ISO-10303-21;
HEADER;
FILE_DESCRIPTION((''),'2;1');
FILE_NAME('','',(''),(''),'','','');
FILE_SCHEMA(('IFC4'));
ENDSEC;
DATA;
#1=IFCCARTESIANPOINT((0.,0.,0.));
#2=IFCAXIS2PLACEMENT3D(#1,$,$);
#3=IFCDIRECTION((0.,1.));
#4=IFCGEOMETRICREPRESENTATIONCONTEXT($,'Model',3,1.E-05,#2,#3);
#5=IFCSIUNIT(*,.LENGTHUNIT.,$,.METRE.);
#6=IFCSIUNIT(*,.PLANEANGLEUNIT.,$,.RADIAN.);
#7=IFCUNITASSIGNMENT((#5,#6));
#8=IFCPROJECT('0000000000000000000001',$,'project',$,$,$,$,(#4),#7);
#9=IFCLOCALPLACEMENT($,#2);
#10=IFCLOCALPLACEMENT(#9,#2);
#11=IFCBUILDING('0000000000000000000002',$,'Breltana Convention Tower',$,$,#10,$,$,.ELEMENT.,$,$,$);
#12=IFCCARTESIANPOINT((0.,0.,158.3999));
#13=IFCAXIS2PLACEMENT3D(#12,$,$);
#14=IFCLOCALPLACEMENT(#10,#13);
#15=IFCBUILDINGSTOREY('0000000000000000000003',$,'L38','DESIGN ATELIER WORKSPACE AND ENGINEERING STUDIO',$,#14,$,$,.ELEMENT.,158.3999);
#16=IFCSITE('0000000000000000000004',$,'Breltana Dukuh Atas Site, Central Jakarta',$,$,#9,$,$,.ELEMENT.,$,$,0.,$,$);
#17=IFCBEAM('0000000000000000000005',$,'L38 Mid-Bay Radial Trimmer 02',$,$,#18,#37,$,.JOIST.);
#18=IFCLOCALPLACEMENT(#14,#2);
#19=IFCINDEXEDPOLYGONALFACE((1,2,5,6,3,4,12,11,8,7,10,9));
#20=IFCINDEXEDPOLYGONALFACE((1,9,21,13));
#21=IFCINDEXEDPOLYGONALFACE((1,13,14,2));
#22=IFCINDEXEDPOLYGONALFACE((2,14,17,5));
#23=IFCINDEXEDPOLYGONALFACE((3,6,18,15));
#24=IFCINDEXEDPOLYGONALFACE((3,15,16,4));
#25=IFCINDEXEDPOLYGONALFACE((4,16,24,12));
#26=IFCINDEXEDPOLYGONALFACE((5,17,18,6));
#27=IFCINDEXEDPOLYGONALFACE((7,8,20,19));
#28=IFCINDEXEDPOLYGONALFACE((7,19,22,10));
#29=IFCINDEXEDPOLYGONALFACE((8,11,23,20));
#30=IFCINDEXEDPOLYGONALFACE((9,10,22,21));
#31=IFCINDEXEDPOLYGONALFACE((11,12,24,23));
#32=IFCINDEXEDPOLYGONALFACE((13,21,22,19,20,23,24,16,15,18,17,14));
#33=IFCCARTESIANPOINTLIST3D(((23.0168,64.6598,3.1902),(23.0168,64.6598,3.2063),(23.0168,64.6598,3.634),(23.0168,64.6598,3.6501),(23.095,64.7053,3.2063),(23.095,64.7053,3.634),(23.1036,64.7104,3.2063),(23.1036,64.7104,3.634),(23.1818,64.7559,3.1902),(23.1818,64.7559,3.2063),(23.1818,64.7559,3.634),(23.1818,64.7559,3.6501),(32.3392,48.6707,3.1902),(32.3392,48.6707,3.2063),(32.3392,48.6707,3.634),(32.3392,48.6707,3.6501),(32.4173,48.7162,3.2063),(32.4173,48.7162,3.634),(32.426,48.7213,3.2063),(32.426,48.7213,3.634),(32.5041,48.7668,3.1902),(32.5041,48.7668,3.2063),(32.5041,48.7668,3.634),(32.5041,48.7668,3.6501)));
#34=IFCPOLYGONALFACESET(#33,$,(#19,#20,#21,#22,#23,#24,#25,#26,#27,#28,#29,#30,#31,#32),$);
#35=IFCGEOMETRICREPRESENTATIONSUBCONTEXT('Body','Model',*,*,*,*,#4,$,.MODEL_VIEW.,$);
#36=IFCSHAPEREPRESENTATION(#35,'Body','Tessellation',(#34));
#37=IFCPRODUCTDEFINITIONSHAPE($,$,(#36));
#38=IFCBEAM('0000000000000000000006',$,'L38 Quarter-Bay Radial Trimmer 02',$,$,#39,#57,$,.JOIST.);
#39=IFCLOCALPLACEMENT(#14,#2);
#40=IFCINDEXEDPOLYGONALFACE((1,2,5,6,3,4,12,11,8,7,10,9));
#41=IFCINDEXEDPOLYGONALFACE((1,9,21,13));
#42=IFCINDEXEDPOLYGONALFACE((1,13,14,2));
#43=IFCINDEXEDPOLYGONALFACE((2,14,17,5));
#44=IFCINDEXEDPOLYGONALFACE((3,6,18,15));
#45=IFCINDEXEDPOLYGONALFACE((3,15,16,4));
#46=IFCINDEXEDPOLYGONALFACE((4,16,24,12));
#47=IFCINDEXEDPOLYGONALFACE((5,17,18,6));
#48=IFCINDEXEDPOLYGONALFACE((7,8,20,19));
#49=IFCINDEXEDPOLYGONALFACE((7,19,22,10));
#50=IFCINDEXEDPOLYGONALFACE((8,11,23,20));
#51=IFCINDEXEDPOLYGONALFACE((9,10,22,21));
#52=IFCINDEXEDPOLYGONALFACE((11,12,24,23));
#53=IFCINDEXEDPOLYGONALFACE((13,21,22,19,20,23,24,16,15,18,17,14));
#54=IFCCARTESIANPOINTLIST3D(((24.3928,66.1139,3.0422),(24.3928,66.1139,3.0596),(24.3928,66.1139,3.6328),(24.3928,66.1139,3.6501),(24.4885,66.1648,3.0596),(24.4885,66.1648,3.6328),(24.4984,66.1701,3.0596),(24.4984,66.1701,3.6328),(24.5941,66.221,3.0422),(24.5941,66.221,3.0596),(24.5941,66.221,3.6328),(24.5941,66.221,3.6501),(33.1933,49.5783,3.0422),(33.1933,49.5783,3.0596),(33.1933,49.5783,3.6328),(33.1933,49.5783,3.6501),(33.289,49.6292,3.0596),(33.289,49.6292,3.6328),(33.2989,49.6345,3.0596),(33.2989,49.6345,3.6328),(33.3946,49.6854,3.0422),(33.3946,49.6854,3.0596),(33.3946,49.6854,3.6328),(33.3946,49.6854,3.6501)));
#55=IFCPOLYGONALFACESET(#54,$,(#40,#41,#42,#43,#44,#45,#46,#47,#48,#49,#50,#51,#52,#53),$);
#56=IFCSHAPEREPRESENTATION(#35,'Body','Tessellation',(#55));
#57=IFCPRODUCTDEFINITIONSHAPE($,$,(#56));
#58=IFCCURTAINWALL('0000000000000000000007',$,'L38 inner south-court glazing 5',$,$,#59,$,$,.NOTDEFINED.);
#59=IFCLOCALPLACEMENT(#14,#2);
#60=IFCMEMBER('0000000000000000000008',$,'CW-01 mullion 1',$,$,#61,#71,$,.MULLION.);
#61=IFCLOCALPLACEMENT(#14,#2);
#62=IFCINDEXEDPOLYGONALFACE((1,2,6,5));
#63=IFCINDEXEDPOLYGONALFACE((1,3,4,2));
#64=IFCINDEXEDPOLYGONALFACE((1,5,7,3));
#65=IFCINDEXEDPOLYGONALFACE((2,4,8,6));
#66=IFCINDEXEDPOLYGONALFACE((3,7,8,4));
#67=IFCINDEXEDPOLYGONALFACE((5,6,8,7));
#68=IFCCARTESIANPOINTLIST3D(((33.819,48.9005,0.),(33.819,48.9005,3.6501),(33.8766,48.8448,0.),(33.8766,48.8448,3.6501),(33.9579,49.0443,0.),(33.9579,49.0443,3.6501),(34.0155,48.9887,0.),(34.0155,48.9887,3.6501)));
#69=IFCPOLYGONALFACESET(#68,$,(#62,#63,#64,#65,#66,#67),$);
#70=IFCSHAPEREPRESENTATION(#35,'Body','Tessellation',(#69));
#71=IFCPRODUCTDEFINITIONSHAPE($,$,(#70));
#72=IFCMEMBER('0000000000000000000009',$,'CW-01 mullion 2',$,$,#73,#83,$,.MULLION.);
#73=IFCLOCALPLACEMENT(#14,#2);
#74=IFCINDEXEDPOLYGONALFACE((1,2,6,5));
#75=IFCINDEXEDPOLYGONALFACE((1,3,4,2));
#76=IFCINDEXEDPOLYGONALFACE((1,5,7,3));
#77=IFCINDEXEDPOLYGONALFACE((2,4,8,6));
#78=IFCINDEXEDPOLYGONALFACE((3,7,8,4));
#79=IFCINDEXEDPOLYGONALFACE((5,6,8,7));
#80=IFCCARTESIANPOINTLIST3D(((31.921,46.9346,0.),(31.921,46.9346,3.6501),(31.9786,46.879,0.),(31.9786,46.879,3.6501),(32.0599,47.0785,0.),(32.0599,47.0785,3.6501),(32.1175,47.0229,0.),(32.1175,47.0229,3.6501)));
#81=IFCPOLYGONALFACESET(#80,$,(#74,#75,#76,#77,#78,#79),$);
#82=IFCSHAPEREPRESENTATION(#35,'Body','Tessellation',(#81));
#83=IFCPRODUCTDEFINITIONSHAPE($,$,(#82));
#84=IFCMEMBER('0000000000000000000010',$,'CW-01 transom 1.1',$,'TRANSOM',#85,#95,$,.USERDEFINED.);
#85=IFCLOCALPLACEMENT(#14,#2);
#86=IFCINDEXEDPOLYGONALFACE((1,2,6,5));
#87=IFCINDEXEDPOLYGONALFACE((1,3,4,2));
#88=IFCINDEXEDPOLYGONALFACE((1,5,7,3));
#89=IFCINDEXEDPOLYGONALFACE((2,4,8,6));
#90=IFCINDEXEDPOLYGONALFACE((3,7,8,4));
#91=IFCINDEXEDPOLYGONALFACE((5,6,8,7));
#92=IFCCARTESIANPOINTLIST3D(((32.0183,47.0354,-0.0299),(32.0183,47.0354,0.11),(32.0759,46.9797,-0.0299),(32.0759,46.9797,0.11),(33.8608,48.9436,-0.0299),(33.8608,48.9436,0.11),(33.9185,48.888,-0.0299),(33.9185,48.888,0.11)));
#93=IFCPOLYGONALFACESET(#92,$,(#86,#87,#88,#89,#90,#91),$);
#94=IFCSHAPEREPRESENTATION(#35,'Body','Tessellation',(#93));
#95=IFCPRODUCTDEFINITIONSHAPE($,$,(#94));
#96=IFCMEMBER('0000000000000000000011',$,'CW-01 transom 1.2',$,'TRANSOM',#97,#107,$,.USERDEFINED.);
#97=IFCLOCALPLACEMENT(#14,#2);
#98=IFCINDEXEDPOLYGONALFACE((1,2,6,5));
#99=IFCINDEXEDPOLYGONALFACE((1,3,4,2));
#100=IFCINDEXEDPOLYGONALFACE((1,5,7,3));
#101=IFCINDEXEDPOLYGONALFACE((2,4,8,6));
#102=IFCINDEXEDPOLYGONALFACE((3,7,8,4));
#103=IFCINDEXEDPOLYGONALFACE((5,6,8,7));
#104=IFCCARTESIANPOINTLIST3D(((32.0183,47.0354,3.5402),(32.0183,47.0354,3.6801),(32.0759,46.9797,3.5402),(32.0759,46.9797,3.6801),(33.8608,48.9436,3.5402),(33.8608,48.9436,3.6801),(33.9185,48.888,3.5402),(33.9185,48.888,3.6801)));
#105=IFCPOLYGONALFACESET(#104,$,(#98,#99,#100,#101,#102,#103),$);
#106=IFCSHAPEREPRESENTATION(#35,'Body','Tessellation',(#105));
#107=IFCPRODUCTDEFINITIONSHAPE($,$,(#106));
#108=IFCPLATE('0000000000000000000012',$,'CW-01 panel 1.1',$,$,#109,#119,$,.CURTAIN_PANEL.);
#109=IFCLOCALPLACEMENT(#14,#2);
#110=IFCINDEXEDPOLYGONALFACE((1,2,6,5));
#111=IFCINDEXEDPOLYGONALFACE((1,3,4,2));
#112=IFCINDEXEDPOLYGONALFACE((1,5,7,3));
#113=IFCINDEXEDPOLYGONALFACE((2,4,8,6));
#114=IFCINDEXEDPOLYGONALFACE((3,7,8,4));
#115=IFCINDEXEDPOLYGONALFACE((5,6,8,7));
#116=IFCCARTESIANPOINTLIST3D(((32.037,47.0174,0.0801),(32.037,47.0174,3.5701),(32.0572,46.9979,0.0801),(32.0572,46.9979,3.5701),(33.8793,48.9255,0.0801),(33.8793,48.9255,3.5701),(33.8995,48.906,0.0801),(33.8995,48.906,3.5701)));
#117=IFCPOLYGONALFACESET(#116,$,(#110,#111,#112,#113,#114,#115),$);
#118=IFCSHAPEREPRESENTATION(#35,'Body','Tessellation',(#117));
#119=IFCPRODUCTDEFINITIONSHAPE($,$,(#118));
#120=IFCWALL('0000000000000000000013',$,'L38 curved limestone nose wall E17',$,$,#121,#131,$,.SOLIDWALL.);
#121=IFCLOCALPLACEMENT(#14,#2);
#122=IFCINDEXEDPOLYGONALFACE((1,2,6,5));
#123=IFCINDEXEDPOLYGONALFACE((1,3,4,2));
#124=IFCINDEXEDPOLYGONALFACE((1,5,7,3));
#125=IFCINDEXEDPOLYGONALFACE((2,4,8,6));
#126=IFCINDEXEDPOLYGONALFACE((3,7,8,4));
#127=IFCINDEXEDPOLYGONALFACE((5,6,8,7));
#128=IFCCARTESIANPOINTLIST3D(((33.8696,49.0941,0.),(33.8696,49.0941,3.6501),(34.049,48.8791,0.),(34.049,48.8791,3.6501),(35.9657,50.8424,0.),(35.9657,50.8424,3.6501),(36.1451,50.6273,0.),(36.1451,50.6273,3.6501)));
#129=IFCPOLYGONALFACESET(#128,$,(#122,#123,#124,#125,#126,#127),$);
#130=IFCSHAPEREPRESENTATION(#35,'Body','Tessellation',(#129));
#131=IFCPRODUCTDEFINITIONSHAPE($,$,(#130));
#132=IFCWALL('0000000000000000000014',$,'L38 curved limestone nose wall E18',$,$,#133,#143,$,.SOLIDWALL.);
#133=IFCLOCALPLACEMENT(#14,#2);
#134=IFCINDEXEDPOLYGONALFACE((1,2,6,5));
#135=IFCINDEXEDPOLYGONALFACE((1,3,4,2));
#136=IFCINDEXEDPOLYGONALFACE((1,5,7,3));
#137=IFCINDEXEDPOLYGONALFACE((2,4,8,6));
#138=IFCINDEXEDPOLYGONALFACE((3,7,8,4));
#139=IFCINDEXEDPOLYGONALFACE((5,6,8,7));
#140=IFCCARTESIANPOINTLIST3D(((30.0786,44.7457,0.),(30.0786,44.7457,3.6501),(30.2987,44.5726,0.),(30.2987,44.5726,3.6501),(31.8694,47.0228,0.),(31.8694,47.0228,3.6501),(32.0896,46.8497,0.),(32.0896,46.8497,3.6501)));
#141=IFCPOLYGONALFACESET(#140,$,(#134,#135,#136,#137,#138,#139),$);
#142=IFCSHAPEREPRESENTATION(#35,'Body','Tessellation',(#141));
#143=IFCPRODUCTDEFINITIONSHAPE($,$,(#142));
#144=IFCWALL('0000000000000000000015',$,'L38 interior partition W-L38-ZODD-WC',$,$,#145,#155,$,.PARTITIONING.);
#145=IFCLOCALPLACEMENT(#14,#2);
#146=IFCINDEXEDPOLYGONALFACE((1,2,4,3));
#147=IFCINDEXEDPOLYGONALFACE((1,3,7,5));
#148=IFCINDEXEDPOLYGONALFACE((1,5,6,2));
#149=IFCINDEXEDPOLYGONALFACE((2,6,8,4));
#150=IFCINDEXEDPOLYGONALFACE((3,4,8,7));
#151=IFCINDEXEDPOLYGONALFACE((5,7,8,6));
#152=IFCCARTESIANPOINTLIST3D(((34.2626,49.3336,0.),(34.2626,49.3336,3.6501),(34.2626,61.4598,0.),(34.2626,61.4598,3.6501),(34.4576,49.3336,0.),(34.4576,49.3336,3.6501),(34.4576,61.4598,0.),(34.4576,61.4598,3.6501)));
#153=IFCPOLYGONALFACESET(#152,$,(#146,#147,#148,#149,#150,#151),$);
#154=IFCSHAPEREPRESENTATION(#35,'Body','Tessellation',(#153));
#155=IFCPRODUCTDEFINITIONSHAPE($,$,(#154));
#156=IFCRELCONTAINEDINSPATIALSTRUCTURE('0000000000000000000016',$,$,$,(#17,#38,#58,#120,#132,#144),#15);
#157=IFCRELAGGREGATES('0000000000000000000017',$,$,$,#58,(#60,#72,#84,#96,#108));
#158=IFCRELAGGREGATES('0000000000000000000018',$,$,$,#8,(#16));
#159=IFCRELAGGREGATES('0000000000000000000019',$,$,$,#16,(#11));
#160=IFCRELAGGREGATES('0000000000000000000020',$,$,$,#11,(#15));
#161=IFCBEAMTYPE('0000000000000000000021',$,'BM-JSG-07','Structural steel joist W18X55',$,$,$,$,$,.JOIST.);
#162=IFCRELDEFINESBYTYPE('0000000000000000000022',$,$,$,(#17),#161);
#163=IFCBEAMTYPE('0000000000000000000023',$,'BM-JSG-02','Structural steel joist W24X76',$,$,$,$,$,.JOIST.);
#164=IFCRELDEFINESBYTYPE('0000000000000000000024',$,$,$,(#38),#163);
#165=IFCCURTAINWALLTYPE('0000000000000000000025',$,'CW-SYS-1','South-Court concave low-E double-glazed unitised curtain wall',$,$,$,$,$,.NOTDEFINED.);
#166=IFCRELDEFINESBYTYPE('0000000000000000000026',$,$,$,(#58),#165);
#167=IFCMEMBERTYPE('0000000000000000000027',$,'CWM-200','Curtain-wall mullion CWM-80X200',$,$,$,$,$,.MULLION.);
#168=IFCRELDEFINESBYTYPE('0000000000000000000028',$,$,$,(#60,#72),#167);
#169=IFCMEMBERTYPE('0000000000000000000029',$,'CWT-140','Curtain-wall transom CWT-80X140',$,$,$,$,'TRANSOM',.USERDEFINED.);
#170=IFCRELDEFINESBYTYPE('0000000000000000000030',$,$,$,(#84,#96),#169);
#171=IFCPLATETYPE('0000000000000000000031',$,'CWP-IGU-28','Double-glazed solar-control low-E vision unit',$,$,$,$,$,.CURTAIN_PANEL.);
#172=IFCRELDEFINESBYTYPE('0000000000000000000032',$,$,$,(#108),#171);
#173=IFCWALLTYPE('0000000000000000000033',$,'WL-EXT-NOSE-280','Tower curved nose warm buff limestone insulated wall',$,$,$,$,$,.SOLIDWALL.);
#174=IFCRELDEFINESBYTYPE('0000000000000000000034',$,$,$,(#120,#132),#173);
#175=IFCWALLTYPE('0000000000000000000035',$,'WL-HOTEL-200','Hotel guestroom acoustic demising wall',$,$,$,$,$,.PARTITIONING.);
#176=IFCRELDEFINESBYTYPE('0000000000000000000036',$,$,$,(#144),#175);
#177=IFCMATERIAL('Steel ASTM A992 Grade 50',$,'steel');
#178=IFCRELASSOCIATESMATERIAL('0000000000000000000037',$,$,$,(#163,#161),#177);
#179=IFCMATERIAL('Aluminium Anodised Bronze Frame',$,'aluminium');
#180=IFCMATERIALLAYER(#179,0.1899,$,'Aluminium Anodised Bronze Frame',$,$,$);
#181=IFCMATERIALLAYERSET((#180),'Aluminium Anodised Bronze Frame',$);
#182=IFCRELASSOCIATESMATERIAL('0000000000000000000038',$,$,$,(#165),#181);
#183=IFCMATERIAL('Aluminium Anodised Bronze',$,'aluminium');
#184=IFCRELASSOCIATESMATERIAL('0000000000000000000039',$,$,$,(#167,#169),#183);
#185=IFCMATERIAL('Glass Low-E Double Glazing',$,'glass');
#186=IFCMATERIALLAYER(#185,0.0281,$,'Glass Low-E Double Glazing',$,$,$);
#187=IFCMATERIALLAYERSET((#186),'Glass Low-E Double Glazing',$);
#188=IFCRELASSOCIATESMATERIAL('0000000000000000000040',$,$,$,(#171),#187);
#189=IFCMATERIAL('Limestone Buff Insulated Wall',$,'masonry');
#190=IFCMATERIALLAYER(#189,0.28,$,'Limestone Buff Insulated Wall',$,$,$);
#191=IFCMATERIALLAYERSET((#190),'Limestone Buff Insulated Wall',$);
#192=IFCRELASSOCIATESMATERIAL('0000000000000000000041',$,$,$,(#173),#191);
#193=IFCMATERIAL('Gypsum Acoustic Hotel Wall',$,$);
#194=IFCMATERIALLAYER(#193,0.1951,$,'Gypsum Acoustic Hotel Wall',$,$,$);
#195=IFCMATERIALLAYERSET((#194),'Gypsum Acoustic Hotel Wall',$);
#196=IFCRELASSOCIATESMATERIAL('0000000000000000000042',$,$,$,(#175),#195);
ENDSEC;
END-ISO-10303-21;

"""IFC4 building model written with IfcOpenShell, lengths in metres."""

from ifc_helpers import new_model, si_unit, direction, frame, frame_2d, origin, origin_2d, place, context, subcontext, project, spatial, rectangle, i_section, extrude, source, transform, mapped, material, layer, layer_set, material_profile, profile_set, type_object, element, aggregate, save


model = new_model("IFC4")

# Units and contexts
model_context = context("Model", 3, precision=1e-05, world=origin(), true_north=direction((0.0, 1.0)))
body_context = subcontext(model_context, "Body", "Model", "MODEL_VIEW")
ifc_project = project(units=[si_unit("LENGTHUNIT", "METRE"), si_unit("PLANEANGLEUNIT", "RADIAN")], contexts=[model_context])

# Site, building, storey
site_placement = place(None, origin())
site = spatial("IfcSite", under=ifc_project, at=site_placement, Name="Breltana Dukuh Atas Site, Central Jakarta", CompositionType="ELEMENT", RefElevation=0.0)
building_placement = place(site_placement, origin())
building = spatial("IfcBuilding", under=site, at=building_placement, Name="Breltana Convention Tower", CompositionType="ELEMENT")
storey_placement = place(building_placement, frame((0.0, 0.0, 158.3999)))
storey = spatial("IfcBuildingStorey", under=building, at=storey_placement, Name="L38", Description="DESIGN ATELIER WORKSPACE AND ENGINEERING STUDIO", CompositionType="ELEMENT", Elevation=158.3999)

# Beams
ifc_material_1 = material(Name="Steel ASTM A992 Grade 50", Category="steel")
ifc_material_profile_1 = material_profile(ifc_material_1, i_section(OverallWidth=0.228, OverallDepth=0.6079, WebThickness=0.0112, FlangeThickness=0.0173, at=origin_2d()), Name="W24X76")
ifc_profile_set_1 = profile_set([ifc_material_profile_1], Name="Steel ASTM A992 Grade 50")
beam_type_1 = type_object("IfcBeamType", Name="BM-JSG-02", Description="Structural steel joist W24X76", PredefinedType="JOIST", material=ifc_profile_set_1)
ifc_material_profile_2 = material_profile(ifc_material_1, i_section(OverallWidth=0.1909, OverallDepth=0.46, WebThickness=0.01, FlangeThickness=0.0161, at=origin_2d()), Name="W18X55")
ifc_profile_set_2 = profile_set([ifc_material_profile_2], Name="Steel ASTM A992 Grade 50")
beam_type_2 = type_object("IfcBeamType", Name="BM-JSG-07", Description="Structural steel joist W18X55", PredefinedType="JOIST", material=ifc_profile_set_2)
shared_shape_1 = source(origin(), body_context, "Body", "SweptSolid", [
    extrude(i_section(OverallWidth=0.1909, OverallDepth=0.46, WebThickness=0.01, FlangeThickness=0.0161, at=origin_2d()), origin(), (0.0, 0.0, 1.0), 18.5083),
])
beam_1_placement = place(storey_placement, frame((32.4216, 48.7188, 3.4202), z_axis=(-0.503683, 0.863888, 0.0), x_axis=(-0.863888, -0.503683, 0.0)))
element("IfcBeam", 1, at=beam_1_placement, inside=storey, type_object=beam_type_2, Name="L38 Mid-Bay Radial Trimmer 02", PredefinedType="JOIST", context=body_context, shape_type="MappedRepresentation", body=[
    mapped(shared_shape_1, transform((0.0, 0.0, 0.0), scale=1.0)),
])
shared_shape_2 = source(origin(), body_context, "Body", "SweptSolid", [
    extrude(i_section(OverallWidth=0.228, OverallDepth=0.6079, WebThickness=0.0112, FlangeThickness=0.0173, at=origin_2d()), origin(), (0.0, 0.0, 1.0), 18.7317),
])
beam_2_placement = place(storey_placement, frame((33.2939, 49.6318, 3.3462), z_axis=(-0.46982, 0.882762, 0.0), x_axis=(-0.882762, -0.46982, 0.0)))
element("IfcBeam", 2, at=beam_2_placement, inside=storey, type_object=beam_type_1, Name="L38 Quarter-Bay Radial Trimmer 02", PredefinedType="JOIST", context=body_context, shape_type="MappedRepresentation", body=[
    mapped(shared_shape_2, transform((0.0, 0.0, 0.0), scale=1.0)),
])

# Curtain wall, members, plate
ifc_material_2 = material(Name="Aluminium Anodised Bronze Frame", Category="aluminium")
ifc_layer_1 = layer(ifc_material_2, 0.1899, Name="Aluminium Anodised Bronze Frame")
ifc_layer_set_1 = layer_set([ifc_layer_1], Name="Aluminium Anodised Bronze Frame")
curtain_wall_type = type_object("IfcCurtainWallType", Name="CW-SYS-1", Description="South-Court concave low-E double-glazed unitised curtain wall", PredefinedType="NOTDEFINED", material=ifc_layer_set_1)
curtain_wall_placement = place(storey_placement, origin())
curtain_wall = element("IfcCurtainWall", 3, at=curtain_wall_placement, inside=storey, type_object=curtain_wall_type, Name="L38 inner south-court glazing 5", PredefinedType="NOTDEFINED")
ifc_material_3 = material(Name="Aluminium Anodised Bronze", Category="aluminium")
ifc_material_profile_3 = material_profile(ifc_material_3, rectangle(XDim=0.0801, YDim=0.2, at=origin_2d()), Name="CWM-80X200")
ifc_profile_set_3 = profile_set([ifc_material_profile_3], Name="Aluminium Anodised Bronze")
member_type_1 = type_object("IfcMemberType", Name="CWM-200", Description="Curtain-wall mullion CWM-80X200", PredefinedType="MULLION", material=ifc_profile_set_3)
shared_shape_3 = source(origin(), body_context, "Body", "SweptSolid", [
    extrude(rectangle(XDim=0.0801, YDim=0.2, at=origin_2d()), origin(), (0.0, 0.0, 1.0), 3.6501),
])
member_1_placement = place(storey_placement, frame((33.9172, 48.9446, 0.0), z_axis=(0.0, 0.0, 1.0), x_axis=(0.71939, -0.694607, 0.0)))
member_1 = element("IfcMember", 4, at=member_1_placement, type_object=member_type_1, Name="CW-01 mullion 1", PredefinedType="MULLION", context=body_context, shape_type="MappedRepresentation", body=[
    mapped(shared_shape_3, transform((0.0, 0.0, 0.0), scale=1.0)),
])
member_2_placement = place(storey_placement, frame((32.0193, 46.9788, 0.0), z_axis=(0.0, 0.0, 1.0), x_axis=(0.71939, -0.694607, 0.0)))
member_2 = element("IfcMember", 5, at=member_2_placement, type_object=member_type_1, Name="CW-01 mullion 2", PredefinedType="MULLION", context=body_context, shape_type="MappedRepresentation", body=[
    mapped(shared_shape_3, transform((0.0, 0.0, 0.0), scale=1.0)),
])
ifc_material_profile_4 = material_profile(ifc_material_3, rectangle(XDim=0.0801, YDim=0.1399, at=origin_2d()), Name="CWT-80X140")
ifc_profile_set_4 = profile_set([ifc_material_profile_4], Name="Aluminium Anodised Bronze")
member_type_2 = type_object("IfcMemberType", Name="CWT-140", Description="Curtain-wall transom CWT-80X140", ElementType="TRANSOM", PredefinedType="USERDEFINED", material=ifc_profile_set_4)
shared_shape_4 = source(origin(), body_context, "Body", "SweptSolid", [
    extrude(rectangle(XDim=0.0801, YDim=0.1399, at=origin_2d()), origin(), (0.0, 0.0, 1.0), 2.6526),
])
member_3_placement = place(storey_placement, frame((33.8896, 48.9158, 0.04), z_axis=(-0.694619, -0.719378, 0.0), x_axis=(0.719378, -0.694619, 0.0)))
member_3 = element("IfcMember", 6, at=member_3_placement, type_object=member_type_2, Name="CW-01 transom 1.1", ObjectType="TRANSOM", PredefinedType="USERDEFINED", context=body_context, shape_type="MappedRepresentation", body=[
    mapped(shared_shape_4, transform((0.0, 0.0, 0.0), scale=1.0)),
])
member_4_placement = place(storey_placement, frame((33.8896, 48.9158, 3.6101), z_axis=(-0.694619, -0.719378, 0.0), x_axis=(0.719378, -0.694619, 0.0)))
member_4 = element("IfcMember", 7, at=member_4_placement, type_object=member_type_2, Name="CW-01 transom 1.2", ObjectType="TRANSOM", PredefinedType="USERDEFINED", context=body_context, shape_type="MappedRepresentation", body=[
    mapped(shared_shape_4, transform((0.0, 0.0, 0.0), scale=1.0)),
])
ifc_material_4 = material(Name="Glass Low-E Double Glazing", Category="glass")
ifc_layer_2 = layer(ifc_material_4, 0.0281, Name="Glass Low-E Double Glazing")
ifc_layer_set_2 = layer_set([ifc_layer_2], Name="Glass Low-E Double Glazing")
plate_type = type_object("IfcPlateType", Name="CWP-IGU-28", Description="Double-glazed solar-control low-E vision unit", PredefinedType="CURTAIN_PANEL", material=ifc_layer_set_2)
shared_shape_5 = source(origin(), body_context, "Body", "SweptSolid", [
    extrude(rectangle(XDim=2.6523, YDim=0.0281, at=origin_2d()), origin(), (0.0, 0.0, 1.0), 3.49),
])
plate_placement = place(storey_placement, frame((32.9683, 47.9617, 0.0801), z_axis=(0.0, 0.0, 1.0), x_axis=(-0.694607, -0.71939, 0.0)))
plate = element("IfcPlate", 8, at=plate_placement, type_object=plate_type, Name="CW-01 panel 1.1", PredefinedType="CURTAIN_PANEL", context=body_context, shape_type="MappedRepresentation", body=[
    mapped(shared_shape_5, transform((0.0, 0.0, 0.0), scale=1.0)),
])
aggregate(curtain_wall, [member_1, member_2, member_3, member_4, plate])

# Walls
ifc_material_5 = material(Name="Limestone Buff Insulated Wall", Category="masonry")
ifc_layer_3 = layer(ifc_material_5, 0.28, Name="Limestone Buff Insulated Wall")
ifc_layer_set_3 = layer_set([ifc_layer_3], Name="Limestone Buff Insulated Wall")
wall_type_1 = type_object("IfcWallType", Name="WL-EXT-NOSE-280", Description="Tower curved nose warm buff limestone insulated wall", PredefinedType="SOLIDWALL", material=ifc_layer_set_3)
shared_shape_6 = source(origin(), body_context, "Body", "SweptSolid", [
    extrude(rectangle(XDim=2.7295, YDim=0.28, at=frame_2d((1.3647, 0.0))), origin(), (0.0, 0.0, 1.0), 3.6501),
])
wall_1_placement = place(storey_placement, frame((36.0554, 50.7349, 0.0), z_axis=(0.0, 0.0, 1.0), x_axis=(-0.767957, -0.640501, 0.0)))
element("IfcWall", 9, at=wall_1_placement, inside=storey, type_object=wall_type_1, Name="L38 curved limestone nose wall E17", PredefinedType="SOLIDWALL", context=body_context, shape_type="MappedRepresentation", body=[
    mapped(shared_shape_6, transform((0.0, 0.0, 0.0), scale=1.0)),
])
shared_shape_7 = source(origin(), body_context, "Body", "SweptSolid", [
    extrude(rectangle(XDim=2.897, YDim=0.28, at=frame_2d((1.4485, 0.0))), origin(), (0.0, 0.0, 1.0), 3.6501),
])
wall_2_placement = place(storey_placement, frame((31.9795, 46.9363, 0.0), z_axis=(0.0, 0.0, 1.0), x_axis=(-0.618168, -0.786046, 0.0)))
element("IfcWall", 10, at=wall_2_placement, inside=storey, type_object=wall_type_1, Name="L38 curved limestone nose wall E18", PredefinedType="SOLIDWALL", context=body_context, shape_type="MappedRepresentation", body=[
    mapped(shared_shape_7, transform((0.0, 0.0, 0.0), scale=1.0)),
])
ifc_material_6 = material(Name="Gypsum Acoustic Hotel Wall")
ifc_layer_4 = layer(ifc_material_6, 0.1951, Name="Gypsum Acoustic Hotel Wall")
ifc_layer_set_4 = layer_set([ifc_layer_4], Name="Gypsum Acoustic Hotel Wall")
wall_type_2 = type_object("IfcWallType", Name="WL-HOTEL-200", Description="Hotel guestroom acoustic demising wall", PredefinedType="PARTITIONING", material=ifc_layer_set_4)
shared_shape_8 = source(origin(), body_context, "Body", "SweptSolid", [
    extrude(rectangle(XDim=12.1262, YDim=0.1951, at=frame_2d((6.063, 0.0))), origin(), (0.0, 0.0, 1.0), 3.6501),
])
wall_3_placement = place(storey_placement, frame((34.3601, 49.3337, 0.0), z_axis=(0.0, 0.0, 1.0), x_axis=(0.0, 1.0, 0.0)))
element("IfcWall", 11, at=wall_3_placement, inside=storey, type_object=wall_type_2, Name="L38 interior partition W-L38-ZODD-WC", PredefinedType="PARTITIONING", context=body_context, shape_type="MappedRepresentation", body=[
    mapped(shared_shape_8, transform((0.0, 0.0, 0.0), scale=1.0)),
])

save(model, "model.ifc")
